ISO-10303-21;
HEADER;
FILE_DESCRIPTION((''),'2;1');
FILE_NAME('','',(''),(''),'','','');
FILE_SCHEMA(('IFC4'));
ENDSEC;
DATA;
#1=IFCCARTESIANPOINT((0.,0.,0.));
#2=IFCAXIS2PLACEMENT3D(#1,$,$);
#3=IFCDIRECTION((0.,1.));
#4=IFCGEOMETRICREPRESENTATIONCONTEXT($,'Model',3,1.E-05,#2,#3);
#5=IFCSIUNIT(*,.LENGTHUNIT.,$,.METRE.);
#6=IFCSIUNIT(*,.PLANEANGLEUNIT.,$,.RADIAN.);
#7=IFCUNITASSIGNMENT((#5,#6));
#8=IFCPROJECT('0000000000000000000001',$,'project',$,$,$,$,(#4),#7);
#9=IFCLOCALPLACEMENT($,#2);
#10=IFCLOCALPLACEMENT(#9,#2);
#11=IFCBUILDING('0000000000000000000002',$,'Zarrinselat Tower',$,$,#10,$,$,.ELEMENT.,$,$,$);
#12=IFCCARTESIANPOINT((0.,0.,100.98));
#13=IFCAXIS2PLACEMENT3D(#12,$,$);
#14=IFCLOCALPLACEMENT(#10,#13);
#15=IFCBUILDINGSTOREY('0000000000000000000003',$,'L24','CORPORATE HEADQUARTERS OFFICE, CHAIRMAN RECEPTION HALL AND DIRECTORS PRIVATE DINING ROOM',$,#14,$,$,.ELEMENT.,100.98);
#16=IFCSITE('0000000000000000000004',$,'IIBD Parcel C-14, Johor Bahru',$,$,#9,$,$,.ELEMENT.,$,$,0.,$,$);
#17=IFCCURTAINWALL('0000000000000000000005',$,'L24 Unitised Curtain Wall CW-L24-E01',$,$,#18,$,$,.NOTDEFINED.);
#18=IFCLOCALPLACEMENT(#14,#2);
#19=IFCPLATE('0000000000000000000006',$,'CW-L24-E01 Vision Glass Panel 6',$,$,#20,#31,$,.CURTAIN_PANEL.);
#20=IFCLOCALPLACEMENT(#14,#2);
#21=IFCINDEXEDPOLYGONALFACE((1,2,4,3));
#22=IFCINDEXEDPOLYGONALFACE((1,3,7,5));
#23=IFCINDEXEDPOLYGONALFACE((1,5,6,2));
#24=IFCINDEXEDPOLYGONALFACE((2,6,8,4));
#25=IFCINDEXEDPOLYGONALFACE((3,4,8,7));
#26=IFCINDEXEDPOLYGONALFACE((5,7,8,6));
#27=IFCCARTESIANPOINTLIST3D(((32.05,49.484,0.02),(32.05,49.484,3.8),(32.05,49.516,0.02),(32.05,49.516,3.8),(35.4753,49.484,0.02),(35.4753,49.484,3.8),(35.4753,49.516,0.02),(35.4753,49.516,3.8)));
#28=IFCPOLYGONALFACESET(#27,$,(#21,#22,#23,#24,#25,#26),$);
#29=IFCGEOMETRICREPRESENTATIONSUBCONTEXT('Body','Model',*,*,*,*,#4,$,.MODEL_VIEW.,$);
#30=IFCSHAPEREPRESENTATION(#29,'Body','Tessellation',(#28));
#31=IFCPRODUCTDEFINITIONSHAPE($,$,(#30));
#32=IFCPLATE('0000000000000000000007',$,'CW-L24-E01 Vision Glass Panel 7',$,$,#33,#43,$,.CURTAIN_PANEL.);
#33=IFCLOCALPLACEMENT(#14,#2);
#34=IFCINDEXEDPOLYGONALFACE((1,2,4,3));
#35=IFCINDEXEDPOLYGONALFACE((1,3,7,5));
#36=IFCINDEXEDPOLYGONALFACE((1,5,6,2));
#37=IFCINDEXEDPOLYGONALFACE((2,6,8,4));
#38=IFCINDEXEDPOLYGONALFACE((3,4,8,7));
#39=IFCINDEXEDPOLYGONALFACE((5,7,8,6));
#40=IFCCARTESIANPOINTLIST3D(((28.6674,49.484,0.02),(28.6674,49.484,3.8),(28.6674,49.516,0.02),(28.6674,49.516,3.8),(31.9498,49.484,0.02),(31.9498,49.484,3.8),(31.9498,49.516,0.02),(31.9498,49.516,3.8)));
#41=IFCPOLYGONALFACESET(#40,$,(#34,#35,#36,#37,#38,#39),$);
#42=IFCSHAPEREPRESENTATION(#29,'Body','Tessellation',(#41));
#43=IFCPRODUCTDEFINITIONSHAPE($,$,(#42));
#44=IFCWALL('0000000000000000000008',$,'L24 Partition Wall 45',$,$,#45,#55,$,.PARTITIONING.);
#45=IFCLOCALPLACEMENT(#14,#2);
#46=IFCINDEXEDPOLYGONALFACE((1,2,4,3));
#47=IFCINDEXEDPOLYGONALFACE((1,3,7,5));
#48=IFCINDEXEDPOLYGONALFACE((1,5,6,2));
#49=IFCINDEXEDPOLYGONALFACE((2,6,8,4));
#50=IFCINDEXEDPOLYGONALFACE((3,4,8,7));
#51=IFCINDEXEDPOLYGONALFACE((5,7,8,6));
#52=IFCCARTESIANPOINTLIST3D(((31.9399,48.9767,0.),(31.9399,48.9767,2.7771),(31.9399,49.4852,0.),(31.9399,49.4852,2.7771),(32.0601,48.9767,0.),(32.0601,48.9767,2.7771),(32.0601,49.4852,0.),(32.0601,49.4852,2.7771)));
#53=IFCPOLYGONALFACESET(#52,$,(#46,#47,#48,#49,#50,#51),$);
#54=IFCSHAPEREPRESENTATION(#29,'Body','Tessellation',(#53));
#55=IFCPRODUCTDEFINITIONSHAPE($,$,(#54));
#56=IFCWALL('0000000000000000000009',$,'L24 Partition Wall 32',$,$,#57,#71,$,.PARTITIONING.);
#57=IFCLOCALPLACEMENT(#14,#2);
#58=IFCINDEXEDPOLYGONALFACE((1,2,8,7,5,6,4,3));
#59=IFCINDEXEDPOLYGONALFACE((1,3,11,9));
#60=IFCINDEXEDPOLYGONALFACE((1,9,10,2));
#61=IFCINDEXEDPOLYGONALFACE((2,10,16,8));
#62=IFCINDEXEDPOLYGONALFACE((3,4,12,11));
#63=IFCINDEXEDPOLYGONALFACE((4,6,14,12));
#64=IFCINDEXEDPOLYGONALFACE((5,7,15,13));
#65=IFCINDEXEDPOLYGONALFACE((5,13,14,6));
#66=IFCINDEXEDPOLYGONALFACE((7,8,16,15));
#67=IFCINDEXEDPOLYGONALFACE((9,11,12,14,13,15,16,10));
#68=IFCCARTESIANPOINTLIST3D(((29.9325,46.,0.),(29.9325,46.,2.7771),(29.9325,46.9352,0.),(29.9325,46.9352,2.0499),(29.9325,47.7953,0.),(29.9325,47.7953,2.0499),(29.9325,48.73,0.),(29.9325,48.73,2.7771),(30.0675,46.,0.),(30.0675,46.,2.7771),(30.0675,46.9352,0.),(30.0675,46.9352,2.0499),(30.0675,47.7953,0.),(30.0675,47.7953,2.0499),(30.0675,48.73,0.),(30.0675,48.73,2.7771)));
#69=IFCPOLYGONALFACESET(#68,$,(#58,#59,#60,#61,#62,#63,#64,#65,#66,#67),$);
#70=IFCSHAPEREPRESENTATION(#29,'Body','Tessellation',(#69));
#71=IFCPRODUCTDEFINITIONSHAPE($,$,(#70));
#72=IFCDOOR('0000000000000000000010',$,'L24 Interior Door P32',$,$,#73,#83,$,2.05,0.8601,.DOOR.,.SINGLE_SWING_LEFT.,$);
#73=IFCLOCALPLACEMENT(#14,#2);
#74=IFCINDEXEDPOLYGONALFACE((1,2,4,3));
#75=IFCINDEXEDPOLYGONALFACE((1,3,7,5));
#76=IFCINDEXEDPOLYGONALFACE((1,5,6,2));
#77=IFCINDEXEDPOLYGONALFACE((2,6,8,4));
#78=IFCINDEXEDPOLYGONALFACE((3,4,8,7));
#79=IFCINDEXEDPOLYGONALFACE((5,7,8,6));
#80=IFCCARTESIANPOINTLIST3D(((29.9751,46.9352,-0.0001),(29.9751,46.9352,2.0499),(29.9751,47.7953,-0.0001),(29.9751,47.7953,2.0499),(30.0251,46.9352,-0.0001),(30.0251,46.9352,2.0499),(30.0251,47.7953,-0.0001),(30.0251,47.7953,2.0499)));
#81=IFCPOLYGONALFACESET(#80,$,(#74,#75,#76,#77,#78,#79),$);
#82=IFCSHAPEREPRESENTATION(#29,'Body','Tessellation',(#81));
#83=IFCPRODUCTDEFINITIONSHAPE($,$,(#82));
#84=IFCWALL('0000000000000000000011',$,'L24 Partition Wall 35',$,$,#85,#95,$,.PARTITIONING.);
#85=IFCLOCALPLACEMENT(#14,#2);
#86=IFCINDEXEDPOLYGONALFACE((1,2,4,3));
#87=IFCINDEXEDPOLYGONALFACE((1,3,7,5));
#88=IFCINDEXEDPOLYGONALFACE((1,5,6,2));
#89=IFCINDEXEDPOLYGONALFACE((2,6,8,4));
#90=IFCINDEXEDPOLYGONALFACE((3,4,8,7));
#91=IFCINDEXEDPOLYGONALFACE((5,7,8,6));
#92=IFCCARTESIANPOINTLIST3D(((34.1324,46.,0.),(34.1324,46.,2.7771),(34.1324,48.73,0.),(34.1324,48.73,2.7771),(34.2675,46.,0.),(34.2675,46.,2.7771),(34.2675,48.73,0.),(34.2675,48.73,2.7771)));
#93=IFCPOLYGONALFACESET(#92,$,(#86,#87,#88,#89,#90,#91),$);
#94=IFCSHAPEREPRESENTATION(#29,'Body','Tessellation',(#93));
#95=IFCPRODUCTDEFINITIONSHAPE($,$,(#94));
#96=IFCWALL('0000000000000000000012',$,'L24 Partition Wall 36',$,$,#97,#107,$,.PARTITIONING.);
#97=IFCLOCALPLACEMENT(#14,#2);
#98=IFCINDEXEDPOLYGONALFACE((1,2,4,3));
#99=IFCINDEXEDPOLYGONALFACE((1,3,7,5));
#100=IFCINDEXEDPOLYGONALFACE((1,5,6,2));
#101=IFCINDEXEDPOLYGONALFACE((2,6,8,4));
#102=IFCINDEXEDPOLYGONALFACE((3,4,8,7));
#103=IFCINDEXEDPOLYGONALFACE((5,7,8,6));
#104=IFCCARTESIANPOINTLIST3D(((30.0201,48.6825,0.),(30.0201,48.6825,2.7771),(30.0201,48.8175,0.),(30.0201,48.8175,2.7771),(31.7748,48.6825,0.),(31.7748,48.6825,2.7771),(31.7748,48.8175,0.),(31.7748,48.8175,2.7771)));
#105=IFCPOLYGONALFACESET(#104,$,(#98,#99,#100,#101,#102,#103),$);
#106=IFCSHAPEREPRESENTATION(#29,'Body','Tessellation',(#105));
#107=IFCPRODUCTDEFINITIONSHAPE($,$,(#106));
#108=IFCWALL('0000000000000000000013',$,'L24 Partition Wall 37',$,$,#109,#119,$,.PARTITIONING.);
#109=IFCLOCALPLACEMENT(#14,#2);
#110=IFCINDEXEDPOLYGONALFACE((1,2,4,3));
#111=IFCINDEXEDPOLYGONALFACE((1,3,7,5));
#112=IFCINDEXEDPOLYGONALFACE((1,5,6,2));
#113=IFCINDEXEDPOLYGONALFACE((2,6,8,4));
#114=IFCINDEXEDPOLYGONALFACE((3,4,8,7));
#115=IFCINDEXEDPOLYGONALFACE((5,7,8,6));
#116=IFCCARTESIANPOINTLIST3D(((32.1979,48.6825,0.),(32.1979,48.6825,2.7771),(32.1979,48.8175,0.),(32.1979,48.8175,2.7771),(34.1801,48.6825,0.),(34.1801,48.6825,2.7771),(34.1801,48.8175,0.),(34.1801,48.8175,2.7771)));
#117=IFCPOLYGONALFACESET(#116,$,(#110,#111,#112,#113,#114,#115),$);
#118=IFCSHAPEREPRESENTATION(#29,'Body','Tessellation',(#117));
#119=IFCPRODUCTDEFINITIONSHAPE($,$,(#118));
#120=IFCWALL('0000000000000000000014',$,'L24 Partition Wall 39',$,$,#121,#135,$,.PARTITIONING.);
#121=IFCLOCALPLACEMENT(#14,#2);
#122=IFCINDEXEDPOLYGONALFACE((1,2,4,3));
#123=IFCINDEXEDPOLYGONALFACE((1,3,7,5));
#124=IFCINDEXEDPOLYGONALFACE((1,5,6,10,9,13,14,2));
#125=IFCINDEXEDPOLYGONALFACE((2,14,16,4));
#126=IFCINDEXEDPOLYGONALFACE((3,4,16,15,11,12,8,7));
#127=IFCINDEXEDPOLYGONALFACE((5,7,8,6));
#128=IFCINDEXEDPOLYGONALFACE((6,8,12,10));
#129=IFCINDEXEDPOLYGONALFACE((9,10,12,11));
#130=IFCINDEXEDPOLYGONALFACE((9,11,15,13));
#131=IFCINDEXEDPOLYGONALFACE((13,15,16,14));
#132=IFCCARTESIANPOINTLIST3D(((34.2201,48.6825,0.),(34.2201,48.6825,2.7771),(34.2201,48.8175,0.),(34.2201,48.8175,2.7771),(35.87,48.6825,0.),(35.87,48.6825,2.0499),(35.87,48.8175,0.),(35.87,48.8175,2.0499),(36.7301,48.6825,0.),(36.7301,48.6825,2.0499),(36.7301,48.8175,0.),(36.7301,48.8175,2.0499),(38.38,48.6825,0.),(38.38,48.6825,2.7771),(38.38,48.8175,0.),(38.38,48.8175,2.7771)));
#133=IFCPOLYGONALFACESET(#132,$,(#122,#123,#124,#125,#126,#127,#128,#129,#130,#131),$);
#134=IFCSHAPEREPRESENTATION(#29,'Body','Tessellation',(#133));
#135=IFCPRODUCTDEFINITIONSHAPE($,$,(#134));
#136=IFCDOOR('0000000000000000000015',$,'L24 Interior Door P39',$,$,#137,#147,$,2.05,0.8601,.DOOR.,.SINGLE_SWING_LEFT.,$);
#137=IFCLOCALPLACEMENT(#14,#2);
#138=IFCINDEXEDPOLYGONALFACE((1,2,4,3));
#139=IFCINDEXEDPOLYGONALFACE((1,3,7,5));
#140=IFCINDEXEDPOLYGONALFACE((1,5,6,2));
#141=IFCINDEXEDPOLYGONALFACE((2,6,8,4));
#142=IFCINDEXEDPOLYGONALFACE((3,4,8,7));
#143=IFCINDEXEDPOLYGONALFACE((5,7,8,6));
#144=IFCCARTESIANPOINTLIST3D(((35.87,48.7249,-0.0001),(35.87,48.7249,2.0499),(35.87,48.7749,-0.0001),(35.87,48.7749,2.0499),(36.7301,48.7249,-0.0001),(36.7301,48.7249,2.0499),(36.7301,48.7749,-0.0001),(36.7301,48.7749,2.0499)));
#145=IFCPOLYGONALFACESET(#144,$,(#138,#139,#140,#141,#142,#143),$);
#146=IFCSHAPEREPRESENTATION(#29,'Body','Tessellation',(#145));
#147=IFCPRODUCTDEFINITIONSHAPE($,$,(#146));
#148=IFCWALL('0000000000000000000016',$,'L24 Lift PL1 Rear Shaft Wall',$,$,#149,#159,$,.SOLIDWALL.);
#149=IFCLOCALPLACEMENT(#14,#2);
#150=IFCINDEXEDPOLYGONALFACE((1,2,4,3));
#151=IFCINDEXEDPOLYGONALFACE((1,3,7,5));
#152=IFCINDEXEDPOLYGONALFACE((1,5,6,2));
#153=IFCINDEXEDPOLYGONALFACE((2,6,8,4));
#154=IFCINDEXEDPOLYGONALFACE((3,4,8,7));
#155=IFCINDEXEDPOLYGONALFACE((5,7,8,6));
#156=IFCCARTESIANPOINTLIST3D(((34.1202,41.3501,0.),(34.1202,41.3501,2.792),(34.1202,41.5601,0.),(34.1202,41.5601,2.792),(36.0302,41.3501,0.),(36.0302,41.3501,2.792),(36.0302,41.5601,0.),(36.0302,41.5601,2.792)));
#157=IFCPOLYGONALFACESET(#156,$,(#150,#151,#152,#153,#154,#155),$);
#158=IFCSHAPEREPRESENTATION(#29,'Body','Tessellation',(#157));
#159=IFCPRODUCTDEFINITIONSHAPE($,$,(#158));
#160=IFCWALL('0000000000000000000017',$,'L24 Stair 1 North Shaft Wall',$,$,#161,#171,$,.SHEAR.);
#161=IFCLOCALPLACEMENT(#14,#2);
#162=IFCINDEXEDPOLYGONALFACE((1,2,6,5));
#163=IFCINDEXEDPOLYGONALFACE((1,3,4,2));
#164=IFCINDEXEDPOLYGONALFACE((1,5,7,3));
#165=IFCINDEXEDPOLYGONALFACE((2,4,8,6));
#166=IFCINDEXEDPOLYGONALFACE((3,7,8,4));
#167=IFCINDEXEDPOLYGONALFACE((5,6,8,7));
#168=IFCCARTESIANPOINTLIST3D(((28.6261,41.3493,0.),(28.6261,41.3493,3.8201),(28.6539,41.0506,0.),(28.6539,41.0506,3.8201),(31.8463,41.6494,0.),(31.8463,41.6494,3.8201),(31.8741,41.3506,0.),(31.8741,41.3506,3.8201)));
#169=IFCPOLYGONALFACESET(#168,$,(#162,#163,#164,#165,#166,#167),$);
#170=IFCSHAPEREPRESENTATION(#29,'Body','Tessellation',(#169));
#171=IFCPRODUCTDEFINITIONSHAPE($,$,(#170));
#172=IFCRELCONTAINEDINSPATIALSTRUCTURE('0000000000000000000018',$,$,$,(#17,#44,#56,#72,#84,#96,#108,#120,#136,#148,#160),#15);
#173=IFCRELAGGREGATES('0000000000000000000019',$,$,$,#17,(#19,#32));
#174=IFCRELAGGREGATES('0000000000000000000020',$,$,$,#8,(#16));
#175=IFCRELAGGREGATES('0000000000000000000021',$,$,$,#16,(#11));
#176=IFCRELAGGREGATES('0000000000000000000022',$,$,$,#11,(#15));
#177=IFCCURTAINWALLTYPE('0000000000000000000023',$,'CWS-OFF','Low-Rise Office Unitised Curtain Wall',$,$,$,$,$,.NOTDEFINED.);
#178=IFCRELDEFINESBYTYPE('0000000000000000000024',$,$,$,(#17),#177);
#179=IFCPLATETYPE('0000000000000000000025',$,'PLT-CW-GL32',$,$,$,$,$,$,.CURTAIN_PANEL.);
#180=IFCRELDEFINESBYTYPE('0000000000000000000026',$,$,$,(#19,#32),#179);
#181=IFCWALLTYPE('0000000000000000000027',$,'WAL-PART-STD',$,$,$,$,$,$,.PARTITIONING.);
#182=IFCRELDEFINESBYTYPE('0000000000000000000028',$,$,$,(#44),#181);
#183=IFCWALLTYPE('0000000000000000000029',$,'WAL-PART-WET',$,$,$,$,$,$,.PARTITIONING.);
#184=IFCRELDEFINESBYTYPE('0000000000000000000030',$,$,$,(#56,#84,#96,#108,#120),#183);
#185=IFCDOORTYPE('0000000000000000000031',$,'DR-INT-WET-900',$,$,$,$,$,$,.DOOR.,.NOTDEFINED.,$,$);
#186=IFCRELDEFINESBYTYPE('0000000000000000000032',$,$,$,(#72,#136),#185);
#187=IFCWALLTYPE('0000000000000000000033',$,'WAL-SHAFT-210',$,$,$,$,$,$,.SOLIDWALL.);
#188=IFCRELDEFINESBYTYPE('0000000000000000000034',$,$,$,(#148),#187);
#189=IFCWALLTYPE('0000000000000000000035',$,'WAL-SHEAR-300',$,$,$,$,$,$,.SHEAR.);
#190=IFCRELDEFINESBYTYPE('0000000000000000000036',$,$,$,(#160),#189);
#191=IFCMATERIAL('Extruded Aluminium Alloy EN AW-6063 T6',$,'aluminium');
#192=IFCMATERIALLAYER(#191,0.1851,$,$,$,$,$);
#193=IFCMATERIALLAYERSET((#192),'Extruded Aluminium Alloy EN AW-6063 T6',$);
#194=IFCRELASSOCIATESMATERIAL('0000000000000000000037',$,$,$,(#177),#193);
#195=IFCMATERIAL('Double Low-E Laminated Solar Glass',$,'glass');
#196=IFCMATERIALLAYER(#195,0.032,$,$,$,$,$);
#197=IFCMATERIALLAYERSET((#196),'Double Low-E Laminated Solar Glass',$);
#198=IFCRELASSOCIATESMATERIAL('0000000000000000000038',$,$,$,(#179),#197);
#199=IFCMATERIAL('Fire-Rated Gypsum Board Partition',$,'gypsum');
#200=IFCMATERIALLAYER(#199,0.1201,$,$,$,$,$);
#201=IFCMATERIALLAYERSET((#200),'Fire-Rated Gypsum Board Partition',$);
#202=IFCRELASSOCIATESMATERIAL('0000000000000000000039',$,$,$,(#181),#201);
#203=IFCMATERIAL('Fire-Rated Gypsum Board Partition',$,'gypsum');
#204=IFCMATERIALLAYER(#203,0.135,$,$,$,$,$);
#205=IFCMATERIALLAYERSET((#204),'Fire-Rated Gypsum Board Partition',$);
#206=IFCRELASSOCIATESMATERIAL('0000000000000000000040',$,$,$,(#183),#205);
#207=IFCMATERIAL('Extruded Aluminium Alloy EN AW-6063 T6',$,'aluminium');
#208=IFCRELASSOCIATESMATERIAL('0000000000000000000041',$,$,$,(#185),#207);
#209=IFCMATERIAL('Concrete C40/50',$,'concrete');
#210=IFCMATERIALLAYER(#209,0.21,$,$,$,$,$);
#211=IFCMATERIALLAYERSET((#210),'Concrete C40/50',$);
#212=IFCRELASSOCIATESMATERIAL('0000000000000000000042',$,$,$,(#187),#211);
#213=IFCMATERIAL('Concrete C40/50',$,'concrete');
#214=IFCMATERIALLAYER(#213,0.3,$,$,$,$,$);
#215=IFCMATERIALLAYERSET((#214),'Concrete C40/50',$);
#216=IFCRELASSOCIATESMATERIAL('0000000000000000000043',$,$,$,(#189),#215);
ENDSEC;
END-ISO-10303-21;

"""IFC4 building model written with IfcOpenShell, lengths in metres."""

from ifc_helpers import new_model, si_unit, direction, frame, frame_2d, origin, origin_2d, place, context, subcontext, project, spatial, rectangle, extrude, material, layer, layer_set, type_object, element, fill, aggregate, save


model = new_model("IFC4")

# Units and contexts
model_context = context("Model", 3, precision=1e-05, world=origin(), true_north=direction((0.0, 1.0)))
body_context = subcontext(model_context, "Body", "Model", "MODEL_VIEW")
ifc_project = project(units=[si_unit("LENGTHUNIT", "METRE"), si_unit("PLANEANGLEUNIT", "RADIAN")], contexts=[model_context])

# Site, building, storey
site_placement = place(None, origin())
site = spatial("IfcSite", under=ifc_project, at=site_placement, Name="IIBD Parcel C-14, Johor Bahru", CompositionType="ELEMENT", RefElevation=0.0)
building_placement = place(site_placement, origin())
building = spatial("IfcBuilding", under=site, at=building_placement, Name="Zarrinselat Tower", CompositionType="ELEMENT")
storey_placement = place(building_placement, frame((0.0, 0.0, 100.98)))
storey = spatial("IfcBuildingStorey", under=building, at=storey_placement, Name="L24", Description="CORPORATE HEADQUARTERS OFFICE, CHAIRMAN RECEPTION HALL AND DIRECTORS PRIVATE DINING ROOM", CompositionType="ELEMENT", Elevation=100.98)

# Curtain wall, plates
ifc_material_1 = material(Name="Extruded Aluminium Alloy EN AW-6063 T6", Category="aluminium")
ifc_layer_1 = layer(ifc_material_1, 0.1851)
ifc_layer_set_1 = layer_set([ifc_layer_1], Name="Extruded Aluminium Alloy EN AW-6063 T6")
curtain_wall_type = type_object("IfcCurtainWallType", Name="CWS-OFF", Description="Low-Rise Office Unitised Curtain Wall", PredefinedType="NOTDEFINED", material=ifc_layer_set_1)
curtain_wall_placement = place(storey_placement, origin())
curtain_wall = element("IfcCurtainWall", 1, at=curtain_wall_placement, inside=storey, type_object=curtain_wall_type, Name="L24 Unitised Curtain Wall CW-L24-E01", PredefinedType="NOTDEFINED")
ifc_material_2 = material(Name="Double Low-E Laminated Solar Glass", Category="glass")
ifc_layer_2 = layer(ifc_material_2, 0.032)
ifc_layer_set_2 = layer_set([ifc_layer_2], Name="Double Low-E Laminated Solar Glass")
plate_type = type_object("IfcPlateType", Name="PLT-CW-GL32", PredefinedType="CURTAIN_PANEL", material=ifc_layer_set_2)
plate_1_placement = place(storey_placement, frame((33.7627, 49.5, 0.02), z_axis=(0.0, 0.0, 1.0), x_axis=(-1.0, 0.0, 0.0)))
plate_1 = element("IfcPlate", 2, at=plate_1_placement, type_object=plate_type, Name="CW-L24-E01 Vision Glass Panel 6", PredefinedType="CURTAIN_PANEL", context=body_context, shape_type="SweptSolid", body=[
    extrude(rectangle(XDim=3.4253, YDim=0.032, at=origin_2d()), origin(), (0.0, 0.0, 1.0), 3.78),
])
plate_2_placement = place(storey_placement, frame((30.3086, 49.5, 0.02), z_axis=(0.0, 0.0, 1.0), x_axis=(-1.0, 0.0, 0.0)))
plate_2 = element("IfcPlate", 3, at=plate_2_placement, type_object=plate_type, Name="CW-L24-E01 Vision Glass Panel 7", PredefinedType="CURTAIN_PANEL", context=body_context, shape_type="SweptSolid", body=[
    extrude(rectangle(XDim=3.2825, YDim=0.032, at=origin_2d()), origin(), (0.0, 0.0, 1.0), 3.78),
])
aggregate(curtain_wall, [plate_1, plate_2])

# Wall
ifc_material_3 = material(Name="Fire-Rated Gypsum Board Partition", Category="gypsum")
ifc_layer_3 = layer(ifc_material_3, 0.1201)
ifc_layer_set_3 = layer_set([ifc_layer_3], Name="Fire-Rated Gypsum Board Partition")
wall_type_1 = type_object("IfcWallType", Name="WAL-PART-STD", PredefinedType="PARTITIONING", material=ifc_layer_set_3)
wall_1_placement = place(storey_placement, frame((32.0, 48.9766, 0.0), z_axis=(0.0, 0.0, 1.0), x_axis=(0.0, 1.0, 0.0)))
element("IfcWall", 4, at=wall_1_placement, inside=storey, type_object=wall_type_1, Name="L24 Partition Wall 45", PredefinedType="PARTITIONING", context=body_context, shape_type="SweptSolid", body=[
    extrude(rectangle(XDim=0.5085, YDim=0.1201, at=frame_2d((0.2544, 0.0))), origin(), (0.0, 0.0, 1.0), 2.7771),
])

# Wall, opening, door
ifc_material_4 = material(Name="Fire-Rated Gypsum Board Partition", Category="gypsum")
ifc_layer_4 = layer(ifc_material_4, 0.135)
ifc_layer_set_4 = layer_set([ifc_layer_4], Name="Fire-Rated Gypsum Board Partition")
wall_type_2 = type_object("IfcWallType", Name="WAL-PART-WET", PredefinedType="PARTITIONING", material=ifc_layer_set_4)
wall_2_placement = place(storey_placement, frame((30.0, 46.0, 0.0), z_axis=(0.0, 0.0, 1.0), x_axis=(0.0, 1.0, 0.0)))
wall_2 = element("IfcWall", 5, at=wall_2_placement, inside=storey, type_object=wall_type_2, Name="L24 Partition Wall 32", PredefinedType="PARTITIONING", context=body_context, shape_type="SweptSolid", body=[
    extrude(rectangle(XDim=2.73, YDim=0.135, at=frame_2d((1.365, 0.0))), origin(), (0.0, 0.0, 1.0), 2.7771),
])
opening_1_placement = place(wall_2_placement, frame((0.9351, 0.0, 0.0)))
opening_1 = element("IfcOpeningElement", 6, at=opening_1_placement, cuts=wall_2, PredefinedType="OPENING", context=body_context, shape_type="SweptSolid", body=[
    extrude(rectangle(XDim=0.8601, YDim=2.05, at=frame_2d((0.4302, 1.0249))), frame((0.0, 0.0774, 0.0), z_axis=(0.0, -1.0, 0.0), x_axis=(1.0, 0.0, 0.0)), (0.0, 0.0, 1.0), 0.155),
])
ifc_material_5 = material(Name="Extruded Aluminium Alloy EN AW-6063 T6", Category="aluminium")
door_type = type_object("IfcDoorType", Name="DR-INT-WET-900", OperationType="NOTDEFINED", PredefinedType="DOOR", material=ifc_material_5)
door_1_placement = place(opening_1_placement, origin())
door_1 = element("IfcDoor", 7, at=door_1_placement, inside=storey, type_object=door_type, Name="L24 Interior Door P32", OperationType="SINGLE_SWING_LEFT", OverallHeight=2.05, OverallWidth=0.8601, PredefinedType="DOOR", context=body_context, shape_type="SweptSolid", body=[
    extrude(rectangle(XDim=0.8601, YDim=2.05, at=frame_2d((0.4302, 1.0249))), frame((0.0, 0.0249, 0.0), z_axis=(0.0, -1.0, 0.0), x_axis=(1.0, 0.0, 0.0)), (0.0, 0.0, 1.0), 0.05),
])
fill(opening_1, door_1)

# Walls
wall_3_placement = place(storey_placement, frame((34.2, 46.0, 0.0), z_axis=(0.0, 0.0, 1.0), x_axis=(0.0, 1.0, 0.0)))
element("IfcWall", 8, at=wall_3_placement, inside=storey, type_object=wall_type_2, Name="L24 Partition Wall 35", PredefinedType="PARTITIONING", context=body_context, shape_type="SweptSolid", body=[
    extrude(rectangle(XDim=2.73, YDim=0.135, at=frame_2d((1.365, 0.0))), origin(), (0.0, 0.0, 1.0), 2.7771),
])
wall_4_placement = place(storey_placement, frame((30.02, 48.75, 0.0), z_axis=(0.0, 0.0, 1.0), x_axis=(1.0, 0.0, 0.0)))
element("IfcWall", 9, at=wall_4_placement, inside=storey, type_object=wall_type_2, Name="L24 Partition Wall 36", PredefinedType="PARTITIONING", context=body_context, shape_type="SweptSolid", body=[
    extrude(rectangle(XDim=1.7546, YDim=0.135, at=frame_2d((0.8774, 0.0))), origin(), (0.0, 0.0, 1.0), 2.7771),
])
wall_5_placement = place(storey_placement, frame((32.1978, 48.75, 0.0), z_axis=(0.0, 0.0, 1.0), x_axis=(1.0, 0.0, 0.0)))
element("IfcWall", 10, at=wall_5_placement, inside=storey, type_object=wall_type_2, Name="L24 Partition Wall 37", PredefinedType="PARTITIONING", context=body_context, shape_type="SweptSolid", body=[
    extrude(rectangle(XDim=1.9822, YDim=0.135, at=frame_2d((0.9912, 0.0))), origin(), (0.0, 0.0, 1.0), 2.7771),
])

# Wall, opening, door
wall_6_placement = place(storey_placement, frame((34.22, 48.75, 0.0), z_axis=(0.0, 0.0, 1.0), x_axis=(1.0, 0.0, 0.0)))
wall_6 = element("IfcWall", 11, at=wall_6_placement, inside=storey, type_object=wall_type_2, Name="L24 Partition Wall 39", PredefinedType="PARTITIONING", context=body_context, shape_type="SweptSolid", body=[
    extrude(rectangle(XDim=4.1599, YDim=0.135, at=frame_2d((2.0801, 0.0))), origin(), (0.0, 0.0, 1.0), 2.7771),
])
opening_2_placement = place(wall_6_placement, frame((1.6499, 0.0, 0.0)))
opening_2 = element("IfcOpeningElement", 12, at=opening_2_placement, cuts=wall_6, PredefinedType="OPENING", context=body_context, shape_type="SweptSolid", body=[
    extrude(rectangle(XDim=0.8601, YDim=2.05, at=frame_2d((0.4302, 1.0249))), frame((0.0, 0.0774, 0.0), z_axis=(0.0, -1.0, 0.0), x_axis=(1.0, 0.0, 0.0)), (0.0, 0.0, 1.0), 0.155),
])
door_2_placement = place(opening_2_placement, origin())
door_2 = element("IfcDoor", 13, at=door_2_placement, inside=storey, type_object=door_type, Name="L24 Interior Door P39", OperationType="SINGLE_SWING_LEFT", OverallHeight=2.05, OverallWidth=0.8601, PredefinedType="DOOR", context=body_context, shape_type="SweptSolid", body=[
    extrude(rectangle(XDim=0.8601, YDim=2.05, at=frame_2d((0.4302, 1.0249))), frame((0.0, 0.0249, 0.0), z_axis=(0.0, -1.0, 0.0), x_axis=(1.0, 0.0, 0.0)), (0.0, 0.0, 1.0), 0.05),
])
fill(opening_2, door_2)

# Walls
ifc_material_6 = material(Name="Concrete C40/50", Category="concrete")
ifc_layer_5 = layer(ifc_material_6, 0.21)
ifc_layer_set_5 = layer_set([ifc_layer_5], Name="Concrete C40/50")
wall_type_3 = type_object("IfcWallType", Name="WAL-SHAFT-210", PredefinedType="SOLIDWALL", material=ifc_layer_set_5)
wall_7_placement = place(storey_placement, frame((34.1201, 41.4551, 0.0), z_axis=(0.0, 0.0, 1.0), x_axis=(1.0, 0.0, 0.0)))
element("IfcWall", 14, at=wall_7_placement, inside=storey, type_object=wall_type_3, Name="L24 Lift PL1 Rear Shaft Wall", PredefinedType="SOLIDWALL", context=body_context, shape_type="SweptSolid", body=[
    extrude(rectangle(XDim=1.9099, YDim=0.21, at=frame_2d((0.9551, 0.0))), origin(), (0.0, 0.0, 1.0), 2.792),
])
ifc_material_7 = material(Name="Concrete C40/50", Category="concrete")
ifc_layer_6 = layer(ifc_material_7, 0.3)
ifc_layer_set_6 = layer_set([ifc_layer_6], Name="Concrete C40/50")
wall_type_4 = type_object("IfcWallType", Name="WAL-SHEAR-300", PredefinedType="SHEAR", material=ifc_layer_set_6)
wall_8_placement = place(storey_placement, frame((28.6399, 41.2, 0.0), z_axis=(0.0, 0.0, 1.0), x_axis=(0.995687, 0.092775, 0.0)))
element("IfcWall", 15, at=wall_8_placement, inside=storey, type_object=wall_type_4, Name="L24 Stair 1 North Shaft Wall", PredefinedType="SHEAR", context=body_context, shape_type="SweptSolid", body=[
    extrude(rectangle(XDim=3.2341, YDim=0.3, at=frame_2d((1.6172, 0.0))), origin(), (0.0, 0.0, 1.0), 3.8201),
])

save(model, "model.ifc")
